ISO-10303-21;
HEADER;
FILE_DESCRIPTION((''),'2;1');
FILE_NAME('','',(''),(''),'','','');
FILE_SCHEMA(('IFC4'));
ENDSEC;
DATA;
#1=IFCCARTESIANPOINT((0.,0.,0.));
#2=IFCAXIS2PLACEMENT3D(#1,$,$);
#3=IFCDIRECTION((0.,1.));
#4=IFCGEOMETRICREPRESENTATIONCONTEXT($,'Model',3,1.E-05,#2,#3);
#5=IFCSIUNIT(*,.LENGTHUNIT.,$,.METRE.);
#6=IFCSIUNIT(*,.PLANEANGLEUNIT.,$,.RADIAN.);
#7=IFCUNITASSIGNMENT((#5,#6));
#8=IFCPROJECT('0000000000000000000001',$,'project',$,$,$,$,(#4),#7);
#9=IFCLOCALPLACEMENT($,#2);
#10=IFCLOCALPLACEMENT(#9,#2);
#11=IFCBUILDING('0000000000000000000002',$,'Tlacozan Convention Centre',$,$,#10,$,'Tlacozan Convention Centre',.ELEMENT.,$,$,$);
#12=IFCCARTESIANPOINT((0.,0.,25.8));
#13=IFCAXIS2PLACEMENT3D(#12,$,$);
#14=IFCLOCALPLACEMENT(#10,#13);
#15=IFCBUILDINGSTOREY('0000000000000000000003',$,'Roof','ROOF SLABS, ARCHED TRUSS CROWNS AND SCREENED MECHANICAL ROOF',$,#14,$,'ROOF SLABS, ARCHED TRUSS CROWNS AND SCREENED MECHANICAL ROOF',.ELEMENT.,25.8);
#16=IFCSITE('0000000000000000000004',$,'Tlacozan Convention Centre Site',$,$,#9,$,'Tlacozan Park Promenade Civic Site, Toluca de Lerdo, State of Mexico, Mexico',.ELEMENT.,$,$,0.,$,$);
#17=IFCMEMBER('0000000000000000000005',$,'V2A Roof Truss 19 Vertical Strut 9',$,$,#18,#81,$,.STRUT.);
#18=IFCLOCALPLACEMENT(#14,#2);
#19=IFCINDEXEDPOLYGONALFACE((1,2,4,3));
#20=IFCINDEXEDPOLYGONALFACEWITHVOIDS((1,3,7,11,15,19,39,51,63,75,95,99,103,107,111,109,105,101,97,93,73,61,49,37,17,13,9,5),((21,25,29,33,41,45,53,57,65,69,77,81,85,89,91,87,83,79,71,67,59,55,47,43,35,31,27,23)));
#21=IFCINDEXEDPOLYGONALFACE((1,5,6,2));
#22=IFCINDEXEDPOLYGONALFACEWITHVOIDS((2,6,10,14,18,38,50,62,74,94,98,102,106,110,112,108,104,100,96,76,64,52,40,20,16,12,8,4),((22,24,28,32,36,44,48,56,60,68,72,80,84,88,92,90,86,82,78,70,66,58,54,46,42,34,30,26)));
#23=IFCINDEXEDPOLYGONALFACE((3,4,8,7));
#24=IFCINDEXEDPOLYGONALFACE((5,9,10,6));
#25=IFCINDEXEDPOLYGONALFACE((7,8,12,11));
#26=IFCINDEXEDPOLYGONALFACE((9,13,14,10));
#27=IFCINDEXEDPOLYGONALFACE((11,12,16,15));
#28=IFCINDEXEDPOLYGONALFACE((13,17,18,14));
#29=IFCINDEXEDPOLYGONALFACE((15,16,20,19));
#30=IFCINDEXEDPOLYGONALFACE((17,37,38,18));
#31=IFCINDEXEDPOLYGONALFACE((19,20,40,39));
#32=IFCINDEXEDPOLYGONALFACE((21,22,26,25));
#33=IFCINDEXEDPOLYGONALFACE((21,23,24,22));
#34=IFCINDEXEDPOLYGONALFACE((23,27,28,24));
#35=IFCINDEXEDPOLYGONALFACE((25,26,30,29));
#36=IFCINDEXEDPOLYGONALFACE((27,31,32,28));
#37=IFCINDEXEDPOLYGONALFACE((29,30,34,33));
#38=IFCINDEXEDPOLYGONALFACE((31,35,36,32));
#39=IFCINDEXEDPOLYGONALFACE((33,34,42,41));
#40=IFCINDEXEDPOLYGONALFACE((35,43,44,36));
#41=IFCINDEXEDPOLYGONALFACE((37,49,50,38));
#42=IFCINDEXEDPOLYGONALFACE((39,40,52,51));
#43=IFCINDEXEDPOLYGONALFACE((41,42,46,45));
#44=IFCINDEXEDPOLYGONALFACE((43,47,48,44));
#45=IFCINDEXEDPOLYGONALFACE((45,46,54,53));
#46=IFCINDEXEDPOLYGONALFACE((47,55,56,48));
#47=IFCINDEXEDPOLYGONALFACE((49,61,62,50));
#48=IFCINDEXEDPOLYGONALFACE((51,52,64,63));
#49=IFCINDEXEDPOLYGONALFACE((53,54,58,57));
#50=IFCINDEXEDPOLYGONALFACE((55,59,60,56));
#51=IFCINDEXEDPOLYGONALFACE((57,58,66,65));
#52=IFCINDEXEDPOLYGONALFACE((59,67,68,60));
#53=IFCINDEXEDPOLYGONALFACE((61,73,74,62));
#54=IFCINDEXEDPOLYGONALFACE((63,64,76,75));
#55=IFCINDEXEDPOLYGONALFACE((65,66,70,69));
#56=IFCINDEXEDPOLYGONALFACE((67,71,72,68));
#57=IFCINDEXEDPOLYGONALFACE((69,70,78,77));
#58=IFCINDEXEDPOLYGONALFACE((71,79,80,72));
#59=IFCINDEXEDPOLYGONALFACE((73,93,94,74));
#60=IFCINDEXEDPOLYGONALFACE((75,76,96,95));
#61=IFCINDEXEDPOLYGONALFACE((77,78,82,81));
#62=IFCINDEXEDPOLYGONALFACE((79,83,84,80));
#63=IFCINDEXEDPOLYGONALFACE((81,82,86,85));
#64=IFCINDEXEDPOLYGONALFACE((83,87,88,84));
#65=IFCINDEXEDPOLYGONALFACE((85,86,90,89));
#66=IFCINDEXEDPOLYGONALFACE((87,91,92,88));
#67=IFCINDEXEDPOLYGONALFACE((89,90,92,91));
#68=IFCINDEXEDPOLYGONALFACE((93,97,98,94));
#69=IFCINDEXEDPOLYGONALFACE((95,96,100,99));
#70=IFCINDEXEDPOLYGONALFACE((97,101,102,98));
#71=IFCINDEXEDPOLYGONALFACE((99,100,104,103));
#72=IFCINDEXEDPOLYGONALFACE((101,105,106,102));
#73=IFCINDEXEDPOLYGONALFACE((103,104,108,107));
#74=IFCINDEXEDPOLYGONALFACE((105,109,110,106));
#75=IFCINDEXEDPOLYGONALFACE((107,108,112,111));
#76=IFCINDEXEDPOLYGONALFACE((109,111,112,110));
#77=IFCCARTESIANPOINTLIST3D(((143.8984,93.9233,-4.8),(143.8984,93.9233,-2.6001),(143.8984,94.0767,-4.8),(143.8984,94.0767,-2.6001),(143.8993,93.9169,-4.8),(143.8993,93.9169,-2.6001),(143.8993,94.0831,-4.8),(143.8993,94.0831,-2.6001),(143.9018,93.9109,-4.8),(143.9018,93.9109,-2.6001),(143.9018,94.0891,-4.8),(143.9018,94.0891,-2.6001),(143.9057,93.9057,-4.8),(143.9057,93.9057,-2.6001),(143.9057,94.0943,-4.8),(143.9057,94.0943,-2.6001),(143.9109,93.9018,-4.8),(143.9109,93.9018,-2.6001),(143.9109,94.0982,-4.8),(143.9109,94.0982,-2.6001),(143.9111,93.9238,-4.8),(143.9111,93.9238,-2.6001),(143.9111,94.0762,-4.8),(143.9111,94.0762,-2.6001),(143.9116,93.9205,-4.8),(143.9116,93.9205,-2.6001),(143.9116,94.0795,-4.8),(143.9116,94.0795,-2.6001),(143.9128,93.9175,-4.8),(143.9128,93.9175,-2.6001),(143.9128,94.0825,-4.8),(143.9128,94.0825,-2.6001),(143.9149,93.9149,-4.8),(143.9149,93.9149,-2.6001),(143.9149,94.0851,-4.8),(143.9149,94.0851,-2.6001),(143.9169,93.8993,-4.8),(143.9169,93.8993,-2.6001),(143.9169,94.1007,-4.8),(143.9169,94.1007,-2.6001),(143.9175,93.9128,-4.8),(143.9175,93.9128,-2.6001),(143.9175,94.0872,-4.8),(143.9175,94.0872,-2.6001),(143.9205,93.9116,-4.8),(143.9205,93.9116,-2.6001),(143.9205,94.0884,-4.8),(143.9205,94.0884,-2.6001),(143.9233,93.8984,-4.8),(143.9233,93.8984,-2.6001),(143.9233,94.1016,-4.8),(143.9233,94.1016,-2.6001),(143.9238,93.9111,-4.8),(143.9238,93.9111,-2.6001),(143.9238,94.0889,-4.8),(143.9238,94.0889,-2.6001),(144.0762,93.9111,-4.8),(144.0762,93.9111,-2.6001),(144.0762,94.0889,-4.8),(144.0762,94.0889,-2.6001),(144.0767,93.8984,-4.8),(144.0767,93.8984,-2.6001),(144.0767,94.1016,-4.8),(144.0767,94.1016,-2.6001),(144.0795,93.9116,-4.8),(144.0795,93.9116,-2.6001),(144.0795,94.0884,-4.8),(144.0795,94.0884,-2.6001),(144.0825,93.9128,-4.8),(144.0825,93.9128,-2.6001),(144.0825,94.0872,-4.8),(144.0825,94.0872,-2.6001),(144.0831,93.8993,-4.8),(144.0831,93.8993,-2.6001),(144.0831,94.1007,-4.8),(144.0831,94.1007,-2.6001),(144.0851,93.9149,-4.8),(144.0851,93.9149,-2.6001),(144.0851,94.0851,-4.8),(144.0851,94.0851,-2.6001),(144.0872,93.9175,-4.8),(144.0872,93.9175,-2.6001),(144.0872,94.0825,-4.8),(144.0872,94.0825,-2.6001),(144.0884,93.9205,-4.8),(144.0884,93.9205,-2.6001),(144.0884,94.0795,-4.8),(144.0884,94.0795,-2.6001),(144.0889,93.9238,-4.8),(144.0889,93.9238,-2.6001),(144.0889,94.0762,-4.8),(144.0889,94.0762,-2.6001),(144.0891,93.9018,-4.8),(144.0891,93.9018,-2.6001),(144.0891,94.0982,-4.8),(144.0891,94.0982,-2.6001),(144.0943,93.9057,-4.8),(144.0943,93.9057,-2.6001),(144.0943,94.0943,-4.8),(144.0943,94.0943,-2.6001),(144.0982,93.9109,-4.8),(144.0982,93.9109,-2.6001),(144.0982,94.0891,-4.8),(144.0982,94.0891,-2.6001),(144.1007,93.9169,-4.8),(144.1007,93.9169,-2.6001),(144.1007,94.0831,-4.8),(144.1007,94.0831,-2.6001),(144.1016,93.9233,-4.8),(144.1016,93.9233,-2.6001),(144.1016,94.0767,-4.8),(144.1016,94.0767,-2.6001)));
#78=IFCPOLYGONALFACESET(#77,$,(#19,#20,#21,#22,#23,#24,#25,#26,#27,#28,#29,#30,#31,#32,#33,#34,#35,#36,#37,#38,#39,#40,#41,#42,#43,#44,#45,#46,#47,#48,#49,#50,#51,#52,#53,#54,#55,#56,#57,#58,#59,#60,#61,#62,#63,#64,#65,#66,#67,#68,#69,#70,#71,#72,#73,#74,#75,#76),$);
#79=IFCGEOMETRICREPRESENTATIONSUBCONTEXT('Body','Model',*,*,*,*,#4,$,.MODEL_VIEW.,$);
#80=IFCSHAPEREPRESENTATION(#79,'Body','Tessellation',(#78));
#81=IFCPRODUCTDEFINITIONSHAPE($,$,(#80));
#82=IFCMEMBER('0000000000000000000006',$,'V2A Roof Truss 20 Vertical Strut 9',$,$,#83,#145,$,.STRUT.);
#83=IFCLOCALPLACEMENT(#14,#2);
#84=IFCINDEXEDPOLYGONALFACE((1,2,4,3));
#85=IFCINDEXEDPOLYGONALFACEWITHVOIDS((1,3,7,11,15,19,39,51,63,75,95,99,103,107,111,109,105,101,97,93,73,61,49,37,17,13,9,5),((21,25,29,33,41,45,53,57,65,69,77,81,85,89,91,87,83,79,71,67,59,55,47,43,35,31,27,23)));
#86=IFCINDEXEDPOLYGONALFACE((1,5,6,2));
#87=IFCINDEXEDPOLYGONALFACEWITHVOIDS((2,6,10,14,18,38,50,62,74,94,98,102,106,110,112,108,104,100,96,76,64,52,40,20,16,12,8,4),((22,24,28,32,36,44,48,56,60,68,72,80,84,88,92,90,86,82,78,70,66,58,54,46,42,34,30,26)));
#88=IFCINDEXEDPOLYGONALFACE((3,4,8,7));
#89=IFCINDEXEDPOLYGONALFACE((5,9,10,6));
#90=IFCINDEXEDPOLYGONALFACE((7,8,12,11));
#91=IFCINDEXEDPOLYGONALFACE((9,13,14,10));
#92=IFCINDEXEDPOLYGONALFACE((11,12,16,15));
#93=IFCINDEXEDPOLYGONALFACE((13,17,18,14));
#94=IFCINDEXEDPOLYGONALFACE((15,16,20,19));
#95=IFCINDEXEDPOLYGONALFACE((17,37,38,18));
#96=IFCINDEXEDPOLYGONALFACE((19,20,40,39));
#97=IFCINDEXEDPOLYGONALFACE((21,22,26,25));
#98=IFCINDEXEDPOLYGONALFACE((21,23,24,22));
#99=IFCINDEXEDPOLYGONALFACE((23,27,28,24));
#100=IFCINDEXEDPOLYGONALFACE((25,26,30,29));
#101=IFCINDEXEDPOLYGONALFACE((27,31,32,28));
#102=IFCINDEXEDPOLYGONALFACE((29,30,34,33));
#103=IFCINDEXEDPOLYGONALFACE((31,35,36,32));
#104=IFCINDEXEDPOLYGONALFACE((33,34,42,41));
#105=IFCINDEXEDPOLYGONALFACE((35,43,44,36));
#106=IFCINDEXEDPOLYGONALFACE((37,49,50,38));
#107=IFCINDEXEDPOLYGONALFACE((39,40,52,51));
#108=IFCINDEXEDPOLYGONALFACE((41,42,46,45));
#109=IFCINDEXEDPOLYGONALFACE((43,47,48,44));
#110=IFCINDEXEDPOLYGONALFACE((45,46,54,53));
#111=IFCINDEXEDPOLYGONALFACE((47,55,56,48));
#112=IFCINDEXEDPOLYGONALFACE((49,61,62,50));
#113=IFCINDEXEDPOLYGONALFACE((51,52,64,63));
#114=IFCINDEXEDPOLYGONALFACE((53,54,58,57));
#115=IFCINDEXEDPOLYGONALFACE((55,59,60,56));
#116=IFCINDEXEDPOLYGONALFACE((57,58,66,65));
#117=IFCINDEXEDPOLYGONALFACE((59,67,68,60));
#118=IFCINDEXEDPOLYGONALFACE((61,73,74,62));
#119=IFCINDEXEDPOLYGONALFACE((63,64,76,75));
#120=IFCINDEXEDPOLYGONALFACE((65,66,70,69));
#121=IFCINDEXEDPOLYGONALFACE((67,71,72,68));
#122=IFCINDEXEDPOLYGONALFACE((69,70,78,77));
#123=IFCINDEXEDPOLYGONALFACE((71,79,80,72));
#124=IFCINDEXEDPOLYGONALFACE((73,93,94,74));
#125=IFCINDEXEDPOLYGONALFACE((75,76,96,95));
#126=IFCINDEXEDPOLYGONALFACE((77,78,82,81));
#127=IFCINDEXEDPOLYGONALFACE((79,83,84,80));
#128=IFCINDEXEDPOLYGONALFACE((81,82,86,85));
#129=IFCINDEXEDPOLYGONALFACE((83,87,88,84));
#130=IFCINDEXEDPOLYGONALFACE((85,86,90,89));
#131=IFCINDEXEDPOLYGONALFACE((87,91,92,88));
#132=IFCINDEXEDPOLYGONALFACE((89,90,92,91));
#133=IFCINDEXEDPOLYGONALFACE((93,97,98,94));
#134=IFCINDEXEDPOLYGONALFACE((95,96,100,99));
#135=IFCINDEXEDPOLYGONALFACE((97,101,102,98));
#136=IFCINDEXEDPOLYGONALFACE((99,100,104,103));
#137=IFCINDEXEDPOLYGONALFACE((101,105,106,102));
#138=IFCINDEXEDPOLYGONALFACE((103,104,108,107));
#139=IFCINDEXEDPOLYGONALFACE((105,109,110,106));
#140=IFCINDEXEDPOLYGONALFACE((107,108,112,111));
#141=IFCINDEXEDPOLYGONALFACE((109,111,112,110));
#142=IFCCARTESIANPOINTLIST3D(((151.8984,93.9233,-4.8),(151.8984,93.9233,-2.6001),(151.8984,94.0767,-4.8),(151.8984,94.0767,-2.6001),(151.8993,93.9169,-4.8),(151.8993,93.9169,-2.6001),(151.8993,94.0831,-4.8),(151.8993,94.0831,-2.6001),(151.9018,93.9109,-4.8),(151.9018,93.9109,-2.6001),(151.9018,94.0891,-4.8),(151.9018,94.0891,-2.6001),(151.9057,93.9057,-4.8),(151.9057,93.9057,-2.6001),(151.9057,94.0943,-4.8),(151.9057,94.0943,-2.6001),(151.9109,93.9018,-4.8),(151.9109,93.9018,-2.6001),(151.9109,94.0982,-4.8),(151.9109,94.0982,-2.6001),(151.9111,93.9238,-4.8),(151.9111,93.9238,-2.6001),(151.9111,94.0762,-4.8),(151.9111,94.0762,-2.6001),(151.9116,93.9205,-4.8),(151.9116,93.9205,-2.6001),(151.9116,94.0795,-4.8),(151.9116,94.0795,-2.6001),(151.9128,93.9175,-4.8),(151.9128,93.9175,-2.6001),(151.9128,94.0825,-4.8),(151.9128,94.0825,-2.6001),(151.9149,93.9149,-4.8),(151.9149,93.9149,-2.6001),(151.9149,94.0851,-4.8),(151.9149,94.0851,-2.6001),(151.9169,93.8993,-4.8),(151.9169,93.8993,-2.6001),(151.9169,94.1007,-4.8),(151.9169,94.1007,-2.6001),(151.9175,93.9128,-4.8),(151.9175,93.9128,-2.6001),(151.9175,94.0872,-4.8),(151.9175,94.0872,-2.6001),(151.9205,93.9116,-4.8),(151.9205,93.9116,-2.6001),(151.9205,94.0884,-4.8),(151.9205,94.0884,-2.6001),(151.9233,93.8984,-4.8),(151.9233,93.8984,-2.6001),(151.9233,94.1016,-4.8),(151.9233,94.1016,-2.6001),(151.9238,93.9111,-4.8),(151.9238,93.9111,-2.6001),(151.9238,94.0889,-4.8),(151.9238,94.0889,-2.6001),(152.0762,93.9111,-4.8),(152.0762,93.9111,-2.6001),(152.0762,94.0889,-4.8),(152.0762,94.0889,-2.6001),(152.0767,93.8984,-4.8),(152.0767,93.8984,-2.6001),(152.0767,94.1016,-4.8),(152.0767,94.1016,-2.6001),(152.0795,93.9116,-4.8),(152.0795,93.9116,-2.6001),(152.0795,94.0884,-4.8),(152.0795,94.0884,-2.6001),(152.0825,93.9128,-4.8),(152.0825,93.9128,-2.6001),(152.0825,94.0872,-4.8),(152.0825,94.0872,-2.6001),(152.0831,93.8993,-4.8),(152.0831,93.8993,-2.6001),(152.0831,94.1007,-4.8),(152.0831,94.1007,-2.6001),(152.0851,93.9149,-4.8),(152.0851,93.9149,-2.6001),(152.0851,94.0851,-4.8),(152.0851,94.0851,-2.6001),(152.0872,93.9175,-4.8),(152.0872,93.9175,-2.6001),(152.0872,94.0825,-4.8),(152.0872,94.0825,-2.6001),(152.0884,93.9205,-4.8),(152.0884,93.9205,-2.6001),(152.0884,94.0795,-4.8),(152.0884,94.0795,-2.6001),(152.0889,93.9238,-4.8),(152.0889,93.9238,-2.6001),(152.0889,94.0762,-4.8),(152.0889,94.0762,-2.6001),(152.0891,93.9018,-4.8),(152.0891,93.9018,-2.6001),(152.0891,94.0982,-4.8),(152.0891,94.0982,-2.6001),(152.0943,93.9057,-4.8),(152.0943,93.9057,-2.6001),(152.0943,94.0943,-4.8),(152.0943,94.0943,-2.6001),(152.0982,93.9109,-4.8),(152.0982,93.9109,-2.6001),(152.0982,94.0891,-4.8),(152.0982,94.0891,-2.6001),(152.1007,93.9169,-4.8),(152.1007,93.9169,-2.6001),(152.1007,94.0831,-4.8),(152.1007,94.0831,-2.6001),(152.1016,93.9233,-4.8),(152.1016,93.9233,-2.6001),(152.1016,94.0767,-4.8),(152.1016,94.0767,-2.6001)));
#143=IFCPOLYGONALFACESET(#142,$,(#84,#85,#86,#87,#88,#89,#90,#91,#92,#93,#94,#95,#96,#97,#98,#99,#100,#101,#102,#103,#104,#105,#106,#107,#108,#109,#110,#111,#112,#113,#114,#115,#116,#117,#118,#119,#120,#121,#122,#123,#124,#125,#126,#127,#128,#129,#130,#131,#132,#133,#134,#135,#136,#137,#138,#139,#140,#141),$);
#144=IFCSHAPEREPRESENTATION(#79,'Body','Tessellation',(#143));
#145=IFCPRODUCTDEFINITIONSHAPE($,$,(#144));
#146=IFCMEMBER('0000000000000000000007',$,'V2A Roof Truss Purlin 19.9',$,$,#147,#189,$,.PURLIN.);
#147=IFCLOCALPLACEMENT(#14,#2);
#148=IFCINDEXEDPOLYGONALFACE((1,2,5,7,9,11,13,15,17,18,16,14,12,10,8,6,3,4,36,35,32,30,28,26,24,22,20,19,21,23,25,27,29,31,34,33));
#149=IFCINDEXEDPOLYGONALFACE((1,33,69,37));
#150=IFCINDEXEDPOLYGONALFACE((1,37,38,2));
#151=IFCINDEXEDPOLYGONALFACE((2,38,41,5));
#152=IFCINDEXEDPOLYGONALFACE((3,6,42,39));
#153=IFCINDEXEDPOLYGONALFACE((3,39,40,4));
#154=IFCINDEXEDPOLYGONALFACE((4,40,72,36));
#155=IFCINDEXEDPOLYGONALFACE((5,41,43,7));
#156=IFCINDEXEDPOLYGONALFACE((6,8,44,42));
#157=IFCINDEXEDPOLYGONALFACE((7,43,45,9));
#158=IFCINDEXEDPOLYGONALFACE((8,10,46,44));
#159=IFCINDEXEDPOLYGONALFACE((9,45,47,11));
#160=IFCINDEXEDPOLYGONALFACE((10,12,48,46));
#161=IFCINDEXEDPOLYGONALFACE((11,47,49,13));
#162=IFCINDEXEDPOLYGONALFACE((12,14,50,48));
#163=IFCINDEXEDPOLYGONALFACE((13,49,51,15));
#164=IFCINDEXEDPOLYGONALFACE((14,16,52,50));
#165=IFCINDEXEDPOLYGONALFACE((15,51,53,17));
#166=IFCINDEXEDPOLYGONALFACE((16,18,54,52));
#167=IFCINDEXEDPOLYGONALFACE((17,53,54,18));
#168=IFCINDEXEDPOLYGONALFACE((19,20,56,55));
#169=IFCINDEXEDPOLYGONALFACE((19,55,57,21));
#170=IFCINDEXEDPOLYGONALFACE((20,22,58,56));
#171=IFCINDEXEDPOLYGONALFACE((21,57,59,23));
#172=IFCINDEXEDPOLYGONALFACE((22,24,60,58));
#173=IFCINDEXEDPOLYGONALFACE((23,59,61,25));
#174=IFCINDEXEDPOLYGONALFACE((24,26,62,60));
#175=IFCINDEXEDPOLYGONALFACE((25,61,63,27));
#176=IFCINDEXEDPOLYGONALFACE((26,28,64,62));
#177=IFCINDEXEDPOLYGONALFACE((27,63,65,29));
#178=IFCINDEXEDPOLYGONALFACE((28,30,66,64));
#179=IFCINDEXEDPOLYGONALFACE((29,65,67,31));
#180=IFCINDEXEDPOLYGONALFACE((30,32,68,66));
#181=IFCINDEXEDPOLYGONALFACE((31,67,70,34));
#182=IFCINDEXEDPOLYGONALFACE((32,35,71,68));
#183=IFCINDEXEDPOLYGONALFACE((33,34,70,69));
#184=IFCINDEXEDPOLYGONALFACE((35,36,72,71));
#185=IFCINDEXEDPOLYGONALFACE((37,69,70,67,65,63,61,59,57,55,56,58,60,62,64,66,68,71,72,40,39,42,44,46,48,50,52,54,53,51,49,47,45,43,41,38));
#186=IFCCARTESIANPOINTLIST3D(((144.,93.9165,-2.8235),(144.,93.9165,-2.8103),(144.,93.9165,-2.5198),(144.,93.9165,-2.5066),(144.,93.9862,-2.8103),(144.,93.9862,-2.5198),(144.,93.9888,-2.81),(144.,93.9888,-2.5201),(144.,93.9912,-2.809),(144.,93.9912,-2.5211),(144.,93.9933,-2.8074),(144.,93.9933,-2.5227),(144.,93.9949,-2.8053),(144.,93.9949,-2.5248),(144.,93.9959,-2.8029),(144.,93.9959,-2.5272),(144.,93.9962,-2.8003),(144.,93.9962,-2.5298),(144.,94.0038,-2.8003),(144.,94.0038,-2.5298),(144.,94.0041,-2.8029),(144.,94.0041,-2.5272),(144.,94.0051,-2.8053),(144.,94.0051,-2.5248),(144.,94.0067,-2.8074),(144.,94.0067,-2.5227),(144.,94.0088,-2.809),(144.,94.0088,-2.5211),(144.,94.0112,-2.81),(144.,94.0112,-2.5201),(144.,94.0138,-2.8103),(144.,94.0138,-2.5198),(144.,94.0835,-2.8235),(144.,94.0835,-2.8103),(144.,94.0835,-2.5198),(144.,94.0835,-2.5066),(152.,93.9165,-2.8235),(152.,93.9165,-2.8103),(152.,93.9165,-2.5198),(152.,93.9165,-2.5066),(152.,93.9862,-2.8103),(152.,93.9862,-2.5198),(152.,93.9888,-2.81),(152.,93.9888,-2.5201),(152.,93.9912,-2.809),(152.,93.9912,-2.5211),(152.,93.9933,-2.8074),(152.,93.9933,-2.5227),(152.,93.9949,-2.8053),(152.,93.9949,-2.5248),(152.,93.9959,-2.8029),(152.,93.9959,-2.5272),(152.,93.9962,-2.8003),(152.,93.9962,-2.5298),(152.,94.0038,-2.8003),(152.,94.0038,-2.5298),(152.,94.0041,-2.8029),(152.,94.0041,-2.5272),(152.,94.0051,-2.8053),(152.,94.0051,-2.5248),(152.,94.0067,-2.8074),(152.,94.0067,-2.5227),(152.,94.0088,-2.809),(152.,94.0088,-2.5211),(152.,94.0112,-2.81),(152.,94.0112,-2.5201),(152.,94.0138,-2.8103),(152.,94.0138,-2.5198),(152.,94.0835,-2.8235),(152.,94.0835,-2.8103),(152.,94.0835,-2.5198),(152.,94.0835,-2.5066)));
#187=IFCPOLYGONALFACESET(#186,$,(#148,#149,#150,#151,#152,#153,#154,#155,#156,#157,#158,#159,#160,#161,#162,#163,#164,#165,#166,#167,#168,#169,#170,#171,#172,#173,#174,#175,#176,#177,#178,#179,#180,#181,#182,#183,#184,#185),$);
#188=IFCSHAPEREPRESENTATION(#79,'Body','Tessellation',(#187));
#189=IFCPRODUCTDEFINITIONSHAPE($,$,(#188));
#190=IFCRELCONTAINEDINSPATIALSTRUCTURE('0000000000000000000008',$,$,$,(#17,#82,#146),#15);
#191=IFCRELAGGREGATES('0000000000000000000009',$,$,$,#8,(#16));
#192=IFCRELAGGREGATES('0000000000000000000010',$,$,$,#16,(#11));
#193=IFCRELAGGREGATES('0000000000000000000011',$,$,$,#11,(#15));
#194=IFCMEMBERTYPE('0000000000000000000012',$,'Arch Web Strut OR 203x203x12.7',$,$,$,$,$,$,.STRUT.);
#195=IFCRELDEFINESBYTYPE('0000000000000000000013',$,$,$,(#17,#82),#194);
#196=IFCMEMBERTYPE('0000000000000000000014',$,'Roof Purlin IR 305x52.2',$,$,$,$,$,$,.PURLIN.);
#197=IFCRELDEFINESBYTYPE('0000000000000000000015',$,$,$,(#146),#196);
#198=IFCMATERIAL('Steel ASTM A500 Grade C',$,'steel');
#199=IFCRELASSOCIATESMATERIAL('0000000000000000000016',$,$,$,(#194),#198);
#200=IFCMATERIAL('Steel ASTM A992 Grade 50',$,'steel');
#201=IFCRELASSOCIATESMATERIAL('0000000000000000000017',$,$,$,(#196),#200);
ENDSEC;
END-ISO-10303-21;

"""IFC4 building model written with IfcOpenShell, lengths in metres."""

from ifc_helpers import new_model, si_unit, direction, frame, origin, origin_2d, place, context, subcontext, project, spatial, hollow_rectangle, i_section, extrude, material, material_profile, profile_set, type_object, element, save


model = new_model("IFC4")

# Units and contexts
model_context = context("Model", 3, precision=1e-05, world=origin(), true_north=direction((0.0, 1.0)))
body_context = subcontext(model_context, "Body", "Model", "MODEL_VIEW")
ifc_project = project(units=[si_unit("LENGTHUNIT", "METRE"), si_unit("PLANEANGLEUNIT", "RADIAN")], contexts=[model_context])

# Site, building, storey
site_placement = place(None, origin())
site = spatial("IfcSite", under=ifc_project, at=site_placement, Name="Tlacozan Convention Centre Site", LongName="Tlacozan Park Promenade Civic Site, Toluca de Lerdo, State of Mexico, Mexico", CompositionType="ELEMENT", RefElevation=0.0)
building_placement = place(site_placement, origin())
building = spatial("IfcBuilding", under=site, at=building_placement, Name="Tlacozan Convention Centre", LongName="Tlacozan Convention Centre", CompositionType="ELEMENT")
storey_placement = place(building_placement, frame((0.0, 0.0, 25.8)))
storey = spatial("IfcBuildingStorey", under=building, at=storey_placement, Name="Roof", Description="ROOF SLABS, ARCHED TRUSS CROWNS AND SCREENED MECHANICAL ROOF", LongName="ROOF SLABS, ARCHED TRUSS CROWNS AND SCREENED MECHANICAL ROOF", CompositionType="ELEMENT", Elevation=25.8)

# Members
ifc_material_1 = material(Name="Steel ASTM A500 Grade C", Category="steel")
ifc_material_profile_1 = material_profile(ifc_material_1, hollow_rectangle(XDim=0.2031, YDim=0.2031, WallThickness=0.0127, InnerFilletRadius=0.0127, OuterFilletRadius=0.0249, at=origin_2d()), Name="OR 203x203x12.7")
ifc_profile_set_1 = profile_set([ifc_material_profile_1], Name="Steel ASTM A500 Grade C")
member_type_1 = type_object("IfcMemberType", Name="Arch Web Strut OR 203x203x12.7", PredefinedType="STRUT", material=ifc_profile_set_1)
for number, where, z_axis, x_axis, name in (
    (1, (144.0, 94.0, -4.8), (0.0, 0.0, 1.0), (1.0, 0.0, 0.0), "V2A Roof Truss 19 Vertical Strut 9"),
    (2, (152.0, 94.0, -4.8), (0.0, 0.0, 1.0), (1.0, 0.0, 0.0), "V2A Roof Truss 20 Vertical Strut 9"),
):
    element("IfcMember", number, at=place(storey_placement, frame(where, z_axis=z_axis, x_axis=x_axis)), inside=storey, type_object=member_type_1, Name=name, PredefinedType="STRUT", context=body_context, shape_type="SweptSolid", body=[
        extrude(hollow_rectangle(XDim=0.2031, YDim=0.2031, WallThickness=0.0127, InnerFilletRadius=0.0127, OuterFilletRadius=0.0249, at=origin_2d()), origin(), (0.0, 0.0, 1.0), 2.2),
    ])
ifc_material_2 = material(Name="Steel ASTM A992 Grade 50", Category="steel")
ifc_material_profile_2 = material_profile(ifc_material_2, i_section(OverallWidth=0.167, OverallDepth=0.3169, WebThickness=0.0076, FlangeThickness=0.0132, FilletRadius=0.01, at=origin_2d()), Name="IR 305x52.2")
ifc_profile_set_2 = profile_set([ifc_material_profile_2], Name="Steel ASTM A992 Grade 50")
member_type_2 = type_object("IfcMemberType", Name="Roof Purlin IR 305x52.2", PredefinedType="PURLIN", material=ifc_profile_set_2)
for number, where, z_axis, x_axis, name in (
    (3, (144.0, 94.0, -2.665), (1.0, 0.0, 0.0), (0.0, 1.0, 0.0), "V2A Roof Truss Purlin 19.9"),
):
    element("IfcMember", number, at=place(storey_placement, frame(where, z_axis=z_axis, x_axis=x_axis)), inside=storey, type_object=member_type_2, Name=name, PredefinedType="PURLIN", context=body_context, shape_type="SweptSolid", body=[
        extrude(i_section(OverallWidth=0.167, OverallDepth=0.3169, WebThickness=0.0076, FlangeThickness=0.0132, FilletRadius=0.01, at=origin_2d()), origin(), (0.0, 0.0, 1.0), 8.0),
    ])

save(model, "model.ifc")
